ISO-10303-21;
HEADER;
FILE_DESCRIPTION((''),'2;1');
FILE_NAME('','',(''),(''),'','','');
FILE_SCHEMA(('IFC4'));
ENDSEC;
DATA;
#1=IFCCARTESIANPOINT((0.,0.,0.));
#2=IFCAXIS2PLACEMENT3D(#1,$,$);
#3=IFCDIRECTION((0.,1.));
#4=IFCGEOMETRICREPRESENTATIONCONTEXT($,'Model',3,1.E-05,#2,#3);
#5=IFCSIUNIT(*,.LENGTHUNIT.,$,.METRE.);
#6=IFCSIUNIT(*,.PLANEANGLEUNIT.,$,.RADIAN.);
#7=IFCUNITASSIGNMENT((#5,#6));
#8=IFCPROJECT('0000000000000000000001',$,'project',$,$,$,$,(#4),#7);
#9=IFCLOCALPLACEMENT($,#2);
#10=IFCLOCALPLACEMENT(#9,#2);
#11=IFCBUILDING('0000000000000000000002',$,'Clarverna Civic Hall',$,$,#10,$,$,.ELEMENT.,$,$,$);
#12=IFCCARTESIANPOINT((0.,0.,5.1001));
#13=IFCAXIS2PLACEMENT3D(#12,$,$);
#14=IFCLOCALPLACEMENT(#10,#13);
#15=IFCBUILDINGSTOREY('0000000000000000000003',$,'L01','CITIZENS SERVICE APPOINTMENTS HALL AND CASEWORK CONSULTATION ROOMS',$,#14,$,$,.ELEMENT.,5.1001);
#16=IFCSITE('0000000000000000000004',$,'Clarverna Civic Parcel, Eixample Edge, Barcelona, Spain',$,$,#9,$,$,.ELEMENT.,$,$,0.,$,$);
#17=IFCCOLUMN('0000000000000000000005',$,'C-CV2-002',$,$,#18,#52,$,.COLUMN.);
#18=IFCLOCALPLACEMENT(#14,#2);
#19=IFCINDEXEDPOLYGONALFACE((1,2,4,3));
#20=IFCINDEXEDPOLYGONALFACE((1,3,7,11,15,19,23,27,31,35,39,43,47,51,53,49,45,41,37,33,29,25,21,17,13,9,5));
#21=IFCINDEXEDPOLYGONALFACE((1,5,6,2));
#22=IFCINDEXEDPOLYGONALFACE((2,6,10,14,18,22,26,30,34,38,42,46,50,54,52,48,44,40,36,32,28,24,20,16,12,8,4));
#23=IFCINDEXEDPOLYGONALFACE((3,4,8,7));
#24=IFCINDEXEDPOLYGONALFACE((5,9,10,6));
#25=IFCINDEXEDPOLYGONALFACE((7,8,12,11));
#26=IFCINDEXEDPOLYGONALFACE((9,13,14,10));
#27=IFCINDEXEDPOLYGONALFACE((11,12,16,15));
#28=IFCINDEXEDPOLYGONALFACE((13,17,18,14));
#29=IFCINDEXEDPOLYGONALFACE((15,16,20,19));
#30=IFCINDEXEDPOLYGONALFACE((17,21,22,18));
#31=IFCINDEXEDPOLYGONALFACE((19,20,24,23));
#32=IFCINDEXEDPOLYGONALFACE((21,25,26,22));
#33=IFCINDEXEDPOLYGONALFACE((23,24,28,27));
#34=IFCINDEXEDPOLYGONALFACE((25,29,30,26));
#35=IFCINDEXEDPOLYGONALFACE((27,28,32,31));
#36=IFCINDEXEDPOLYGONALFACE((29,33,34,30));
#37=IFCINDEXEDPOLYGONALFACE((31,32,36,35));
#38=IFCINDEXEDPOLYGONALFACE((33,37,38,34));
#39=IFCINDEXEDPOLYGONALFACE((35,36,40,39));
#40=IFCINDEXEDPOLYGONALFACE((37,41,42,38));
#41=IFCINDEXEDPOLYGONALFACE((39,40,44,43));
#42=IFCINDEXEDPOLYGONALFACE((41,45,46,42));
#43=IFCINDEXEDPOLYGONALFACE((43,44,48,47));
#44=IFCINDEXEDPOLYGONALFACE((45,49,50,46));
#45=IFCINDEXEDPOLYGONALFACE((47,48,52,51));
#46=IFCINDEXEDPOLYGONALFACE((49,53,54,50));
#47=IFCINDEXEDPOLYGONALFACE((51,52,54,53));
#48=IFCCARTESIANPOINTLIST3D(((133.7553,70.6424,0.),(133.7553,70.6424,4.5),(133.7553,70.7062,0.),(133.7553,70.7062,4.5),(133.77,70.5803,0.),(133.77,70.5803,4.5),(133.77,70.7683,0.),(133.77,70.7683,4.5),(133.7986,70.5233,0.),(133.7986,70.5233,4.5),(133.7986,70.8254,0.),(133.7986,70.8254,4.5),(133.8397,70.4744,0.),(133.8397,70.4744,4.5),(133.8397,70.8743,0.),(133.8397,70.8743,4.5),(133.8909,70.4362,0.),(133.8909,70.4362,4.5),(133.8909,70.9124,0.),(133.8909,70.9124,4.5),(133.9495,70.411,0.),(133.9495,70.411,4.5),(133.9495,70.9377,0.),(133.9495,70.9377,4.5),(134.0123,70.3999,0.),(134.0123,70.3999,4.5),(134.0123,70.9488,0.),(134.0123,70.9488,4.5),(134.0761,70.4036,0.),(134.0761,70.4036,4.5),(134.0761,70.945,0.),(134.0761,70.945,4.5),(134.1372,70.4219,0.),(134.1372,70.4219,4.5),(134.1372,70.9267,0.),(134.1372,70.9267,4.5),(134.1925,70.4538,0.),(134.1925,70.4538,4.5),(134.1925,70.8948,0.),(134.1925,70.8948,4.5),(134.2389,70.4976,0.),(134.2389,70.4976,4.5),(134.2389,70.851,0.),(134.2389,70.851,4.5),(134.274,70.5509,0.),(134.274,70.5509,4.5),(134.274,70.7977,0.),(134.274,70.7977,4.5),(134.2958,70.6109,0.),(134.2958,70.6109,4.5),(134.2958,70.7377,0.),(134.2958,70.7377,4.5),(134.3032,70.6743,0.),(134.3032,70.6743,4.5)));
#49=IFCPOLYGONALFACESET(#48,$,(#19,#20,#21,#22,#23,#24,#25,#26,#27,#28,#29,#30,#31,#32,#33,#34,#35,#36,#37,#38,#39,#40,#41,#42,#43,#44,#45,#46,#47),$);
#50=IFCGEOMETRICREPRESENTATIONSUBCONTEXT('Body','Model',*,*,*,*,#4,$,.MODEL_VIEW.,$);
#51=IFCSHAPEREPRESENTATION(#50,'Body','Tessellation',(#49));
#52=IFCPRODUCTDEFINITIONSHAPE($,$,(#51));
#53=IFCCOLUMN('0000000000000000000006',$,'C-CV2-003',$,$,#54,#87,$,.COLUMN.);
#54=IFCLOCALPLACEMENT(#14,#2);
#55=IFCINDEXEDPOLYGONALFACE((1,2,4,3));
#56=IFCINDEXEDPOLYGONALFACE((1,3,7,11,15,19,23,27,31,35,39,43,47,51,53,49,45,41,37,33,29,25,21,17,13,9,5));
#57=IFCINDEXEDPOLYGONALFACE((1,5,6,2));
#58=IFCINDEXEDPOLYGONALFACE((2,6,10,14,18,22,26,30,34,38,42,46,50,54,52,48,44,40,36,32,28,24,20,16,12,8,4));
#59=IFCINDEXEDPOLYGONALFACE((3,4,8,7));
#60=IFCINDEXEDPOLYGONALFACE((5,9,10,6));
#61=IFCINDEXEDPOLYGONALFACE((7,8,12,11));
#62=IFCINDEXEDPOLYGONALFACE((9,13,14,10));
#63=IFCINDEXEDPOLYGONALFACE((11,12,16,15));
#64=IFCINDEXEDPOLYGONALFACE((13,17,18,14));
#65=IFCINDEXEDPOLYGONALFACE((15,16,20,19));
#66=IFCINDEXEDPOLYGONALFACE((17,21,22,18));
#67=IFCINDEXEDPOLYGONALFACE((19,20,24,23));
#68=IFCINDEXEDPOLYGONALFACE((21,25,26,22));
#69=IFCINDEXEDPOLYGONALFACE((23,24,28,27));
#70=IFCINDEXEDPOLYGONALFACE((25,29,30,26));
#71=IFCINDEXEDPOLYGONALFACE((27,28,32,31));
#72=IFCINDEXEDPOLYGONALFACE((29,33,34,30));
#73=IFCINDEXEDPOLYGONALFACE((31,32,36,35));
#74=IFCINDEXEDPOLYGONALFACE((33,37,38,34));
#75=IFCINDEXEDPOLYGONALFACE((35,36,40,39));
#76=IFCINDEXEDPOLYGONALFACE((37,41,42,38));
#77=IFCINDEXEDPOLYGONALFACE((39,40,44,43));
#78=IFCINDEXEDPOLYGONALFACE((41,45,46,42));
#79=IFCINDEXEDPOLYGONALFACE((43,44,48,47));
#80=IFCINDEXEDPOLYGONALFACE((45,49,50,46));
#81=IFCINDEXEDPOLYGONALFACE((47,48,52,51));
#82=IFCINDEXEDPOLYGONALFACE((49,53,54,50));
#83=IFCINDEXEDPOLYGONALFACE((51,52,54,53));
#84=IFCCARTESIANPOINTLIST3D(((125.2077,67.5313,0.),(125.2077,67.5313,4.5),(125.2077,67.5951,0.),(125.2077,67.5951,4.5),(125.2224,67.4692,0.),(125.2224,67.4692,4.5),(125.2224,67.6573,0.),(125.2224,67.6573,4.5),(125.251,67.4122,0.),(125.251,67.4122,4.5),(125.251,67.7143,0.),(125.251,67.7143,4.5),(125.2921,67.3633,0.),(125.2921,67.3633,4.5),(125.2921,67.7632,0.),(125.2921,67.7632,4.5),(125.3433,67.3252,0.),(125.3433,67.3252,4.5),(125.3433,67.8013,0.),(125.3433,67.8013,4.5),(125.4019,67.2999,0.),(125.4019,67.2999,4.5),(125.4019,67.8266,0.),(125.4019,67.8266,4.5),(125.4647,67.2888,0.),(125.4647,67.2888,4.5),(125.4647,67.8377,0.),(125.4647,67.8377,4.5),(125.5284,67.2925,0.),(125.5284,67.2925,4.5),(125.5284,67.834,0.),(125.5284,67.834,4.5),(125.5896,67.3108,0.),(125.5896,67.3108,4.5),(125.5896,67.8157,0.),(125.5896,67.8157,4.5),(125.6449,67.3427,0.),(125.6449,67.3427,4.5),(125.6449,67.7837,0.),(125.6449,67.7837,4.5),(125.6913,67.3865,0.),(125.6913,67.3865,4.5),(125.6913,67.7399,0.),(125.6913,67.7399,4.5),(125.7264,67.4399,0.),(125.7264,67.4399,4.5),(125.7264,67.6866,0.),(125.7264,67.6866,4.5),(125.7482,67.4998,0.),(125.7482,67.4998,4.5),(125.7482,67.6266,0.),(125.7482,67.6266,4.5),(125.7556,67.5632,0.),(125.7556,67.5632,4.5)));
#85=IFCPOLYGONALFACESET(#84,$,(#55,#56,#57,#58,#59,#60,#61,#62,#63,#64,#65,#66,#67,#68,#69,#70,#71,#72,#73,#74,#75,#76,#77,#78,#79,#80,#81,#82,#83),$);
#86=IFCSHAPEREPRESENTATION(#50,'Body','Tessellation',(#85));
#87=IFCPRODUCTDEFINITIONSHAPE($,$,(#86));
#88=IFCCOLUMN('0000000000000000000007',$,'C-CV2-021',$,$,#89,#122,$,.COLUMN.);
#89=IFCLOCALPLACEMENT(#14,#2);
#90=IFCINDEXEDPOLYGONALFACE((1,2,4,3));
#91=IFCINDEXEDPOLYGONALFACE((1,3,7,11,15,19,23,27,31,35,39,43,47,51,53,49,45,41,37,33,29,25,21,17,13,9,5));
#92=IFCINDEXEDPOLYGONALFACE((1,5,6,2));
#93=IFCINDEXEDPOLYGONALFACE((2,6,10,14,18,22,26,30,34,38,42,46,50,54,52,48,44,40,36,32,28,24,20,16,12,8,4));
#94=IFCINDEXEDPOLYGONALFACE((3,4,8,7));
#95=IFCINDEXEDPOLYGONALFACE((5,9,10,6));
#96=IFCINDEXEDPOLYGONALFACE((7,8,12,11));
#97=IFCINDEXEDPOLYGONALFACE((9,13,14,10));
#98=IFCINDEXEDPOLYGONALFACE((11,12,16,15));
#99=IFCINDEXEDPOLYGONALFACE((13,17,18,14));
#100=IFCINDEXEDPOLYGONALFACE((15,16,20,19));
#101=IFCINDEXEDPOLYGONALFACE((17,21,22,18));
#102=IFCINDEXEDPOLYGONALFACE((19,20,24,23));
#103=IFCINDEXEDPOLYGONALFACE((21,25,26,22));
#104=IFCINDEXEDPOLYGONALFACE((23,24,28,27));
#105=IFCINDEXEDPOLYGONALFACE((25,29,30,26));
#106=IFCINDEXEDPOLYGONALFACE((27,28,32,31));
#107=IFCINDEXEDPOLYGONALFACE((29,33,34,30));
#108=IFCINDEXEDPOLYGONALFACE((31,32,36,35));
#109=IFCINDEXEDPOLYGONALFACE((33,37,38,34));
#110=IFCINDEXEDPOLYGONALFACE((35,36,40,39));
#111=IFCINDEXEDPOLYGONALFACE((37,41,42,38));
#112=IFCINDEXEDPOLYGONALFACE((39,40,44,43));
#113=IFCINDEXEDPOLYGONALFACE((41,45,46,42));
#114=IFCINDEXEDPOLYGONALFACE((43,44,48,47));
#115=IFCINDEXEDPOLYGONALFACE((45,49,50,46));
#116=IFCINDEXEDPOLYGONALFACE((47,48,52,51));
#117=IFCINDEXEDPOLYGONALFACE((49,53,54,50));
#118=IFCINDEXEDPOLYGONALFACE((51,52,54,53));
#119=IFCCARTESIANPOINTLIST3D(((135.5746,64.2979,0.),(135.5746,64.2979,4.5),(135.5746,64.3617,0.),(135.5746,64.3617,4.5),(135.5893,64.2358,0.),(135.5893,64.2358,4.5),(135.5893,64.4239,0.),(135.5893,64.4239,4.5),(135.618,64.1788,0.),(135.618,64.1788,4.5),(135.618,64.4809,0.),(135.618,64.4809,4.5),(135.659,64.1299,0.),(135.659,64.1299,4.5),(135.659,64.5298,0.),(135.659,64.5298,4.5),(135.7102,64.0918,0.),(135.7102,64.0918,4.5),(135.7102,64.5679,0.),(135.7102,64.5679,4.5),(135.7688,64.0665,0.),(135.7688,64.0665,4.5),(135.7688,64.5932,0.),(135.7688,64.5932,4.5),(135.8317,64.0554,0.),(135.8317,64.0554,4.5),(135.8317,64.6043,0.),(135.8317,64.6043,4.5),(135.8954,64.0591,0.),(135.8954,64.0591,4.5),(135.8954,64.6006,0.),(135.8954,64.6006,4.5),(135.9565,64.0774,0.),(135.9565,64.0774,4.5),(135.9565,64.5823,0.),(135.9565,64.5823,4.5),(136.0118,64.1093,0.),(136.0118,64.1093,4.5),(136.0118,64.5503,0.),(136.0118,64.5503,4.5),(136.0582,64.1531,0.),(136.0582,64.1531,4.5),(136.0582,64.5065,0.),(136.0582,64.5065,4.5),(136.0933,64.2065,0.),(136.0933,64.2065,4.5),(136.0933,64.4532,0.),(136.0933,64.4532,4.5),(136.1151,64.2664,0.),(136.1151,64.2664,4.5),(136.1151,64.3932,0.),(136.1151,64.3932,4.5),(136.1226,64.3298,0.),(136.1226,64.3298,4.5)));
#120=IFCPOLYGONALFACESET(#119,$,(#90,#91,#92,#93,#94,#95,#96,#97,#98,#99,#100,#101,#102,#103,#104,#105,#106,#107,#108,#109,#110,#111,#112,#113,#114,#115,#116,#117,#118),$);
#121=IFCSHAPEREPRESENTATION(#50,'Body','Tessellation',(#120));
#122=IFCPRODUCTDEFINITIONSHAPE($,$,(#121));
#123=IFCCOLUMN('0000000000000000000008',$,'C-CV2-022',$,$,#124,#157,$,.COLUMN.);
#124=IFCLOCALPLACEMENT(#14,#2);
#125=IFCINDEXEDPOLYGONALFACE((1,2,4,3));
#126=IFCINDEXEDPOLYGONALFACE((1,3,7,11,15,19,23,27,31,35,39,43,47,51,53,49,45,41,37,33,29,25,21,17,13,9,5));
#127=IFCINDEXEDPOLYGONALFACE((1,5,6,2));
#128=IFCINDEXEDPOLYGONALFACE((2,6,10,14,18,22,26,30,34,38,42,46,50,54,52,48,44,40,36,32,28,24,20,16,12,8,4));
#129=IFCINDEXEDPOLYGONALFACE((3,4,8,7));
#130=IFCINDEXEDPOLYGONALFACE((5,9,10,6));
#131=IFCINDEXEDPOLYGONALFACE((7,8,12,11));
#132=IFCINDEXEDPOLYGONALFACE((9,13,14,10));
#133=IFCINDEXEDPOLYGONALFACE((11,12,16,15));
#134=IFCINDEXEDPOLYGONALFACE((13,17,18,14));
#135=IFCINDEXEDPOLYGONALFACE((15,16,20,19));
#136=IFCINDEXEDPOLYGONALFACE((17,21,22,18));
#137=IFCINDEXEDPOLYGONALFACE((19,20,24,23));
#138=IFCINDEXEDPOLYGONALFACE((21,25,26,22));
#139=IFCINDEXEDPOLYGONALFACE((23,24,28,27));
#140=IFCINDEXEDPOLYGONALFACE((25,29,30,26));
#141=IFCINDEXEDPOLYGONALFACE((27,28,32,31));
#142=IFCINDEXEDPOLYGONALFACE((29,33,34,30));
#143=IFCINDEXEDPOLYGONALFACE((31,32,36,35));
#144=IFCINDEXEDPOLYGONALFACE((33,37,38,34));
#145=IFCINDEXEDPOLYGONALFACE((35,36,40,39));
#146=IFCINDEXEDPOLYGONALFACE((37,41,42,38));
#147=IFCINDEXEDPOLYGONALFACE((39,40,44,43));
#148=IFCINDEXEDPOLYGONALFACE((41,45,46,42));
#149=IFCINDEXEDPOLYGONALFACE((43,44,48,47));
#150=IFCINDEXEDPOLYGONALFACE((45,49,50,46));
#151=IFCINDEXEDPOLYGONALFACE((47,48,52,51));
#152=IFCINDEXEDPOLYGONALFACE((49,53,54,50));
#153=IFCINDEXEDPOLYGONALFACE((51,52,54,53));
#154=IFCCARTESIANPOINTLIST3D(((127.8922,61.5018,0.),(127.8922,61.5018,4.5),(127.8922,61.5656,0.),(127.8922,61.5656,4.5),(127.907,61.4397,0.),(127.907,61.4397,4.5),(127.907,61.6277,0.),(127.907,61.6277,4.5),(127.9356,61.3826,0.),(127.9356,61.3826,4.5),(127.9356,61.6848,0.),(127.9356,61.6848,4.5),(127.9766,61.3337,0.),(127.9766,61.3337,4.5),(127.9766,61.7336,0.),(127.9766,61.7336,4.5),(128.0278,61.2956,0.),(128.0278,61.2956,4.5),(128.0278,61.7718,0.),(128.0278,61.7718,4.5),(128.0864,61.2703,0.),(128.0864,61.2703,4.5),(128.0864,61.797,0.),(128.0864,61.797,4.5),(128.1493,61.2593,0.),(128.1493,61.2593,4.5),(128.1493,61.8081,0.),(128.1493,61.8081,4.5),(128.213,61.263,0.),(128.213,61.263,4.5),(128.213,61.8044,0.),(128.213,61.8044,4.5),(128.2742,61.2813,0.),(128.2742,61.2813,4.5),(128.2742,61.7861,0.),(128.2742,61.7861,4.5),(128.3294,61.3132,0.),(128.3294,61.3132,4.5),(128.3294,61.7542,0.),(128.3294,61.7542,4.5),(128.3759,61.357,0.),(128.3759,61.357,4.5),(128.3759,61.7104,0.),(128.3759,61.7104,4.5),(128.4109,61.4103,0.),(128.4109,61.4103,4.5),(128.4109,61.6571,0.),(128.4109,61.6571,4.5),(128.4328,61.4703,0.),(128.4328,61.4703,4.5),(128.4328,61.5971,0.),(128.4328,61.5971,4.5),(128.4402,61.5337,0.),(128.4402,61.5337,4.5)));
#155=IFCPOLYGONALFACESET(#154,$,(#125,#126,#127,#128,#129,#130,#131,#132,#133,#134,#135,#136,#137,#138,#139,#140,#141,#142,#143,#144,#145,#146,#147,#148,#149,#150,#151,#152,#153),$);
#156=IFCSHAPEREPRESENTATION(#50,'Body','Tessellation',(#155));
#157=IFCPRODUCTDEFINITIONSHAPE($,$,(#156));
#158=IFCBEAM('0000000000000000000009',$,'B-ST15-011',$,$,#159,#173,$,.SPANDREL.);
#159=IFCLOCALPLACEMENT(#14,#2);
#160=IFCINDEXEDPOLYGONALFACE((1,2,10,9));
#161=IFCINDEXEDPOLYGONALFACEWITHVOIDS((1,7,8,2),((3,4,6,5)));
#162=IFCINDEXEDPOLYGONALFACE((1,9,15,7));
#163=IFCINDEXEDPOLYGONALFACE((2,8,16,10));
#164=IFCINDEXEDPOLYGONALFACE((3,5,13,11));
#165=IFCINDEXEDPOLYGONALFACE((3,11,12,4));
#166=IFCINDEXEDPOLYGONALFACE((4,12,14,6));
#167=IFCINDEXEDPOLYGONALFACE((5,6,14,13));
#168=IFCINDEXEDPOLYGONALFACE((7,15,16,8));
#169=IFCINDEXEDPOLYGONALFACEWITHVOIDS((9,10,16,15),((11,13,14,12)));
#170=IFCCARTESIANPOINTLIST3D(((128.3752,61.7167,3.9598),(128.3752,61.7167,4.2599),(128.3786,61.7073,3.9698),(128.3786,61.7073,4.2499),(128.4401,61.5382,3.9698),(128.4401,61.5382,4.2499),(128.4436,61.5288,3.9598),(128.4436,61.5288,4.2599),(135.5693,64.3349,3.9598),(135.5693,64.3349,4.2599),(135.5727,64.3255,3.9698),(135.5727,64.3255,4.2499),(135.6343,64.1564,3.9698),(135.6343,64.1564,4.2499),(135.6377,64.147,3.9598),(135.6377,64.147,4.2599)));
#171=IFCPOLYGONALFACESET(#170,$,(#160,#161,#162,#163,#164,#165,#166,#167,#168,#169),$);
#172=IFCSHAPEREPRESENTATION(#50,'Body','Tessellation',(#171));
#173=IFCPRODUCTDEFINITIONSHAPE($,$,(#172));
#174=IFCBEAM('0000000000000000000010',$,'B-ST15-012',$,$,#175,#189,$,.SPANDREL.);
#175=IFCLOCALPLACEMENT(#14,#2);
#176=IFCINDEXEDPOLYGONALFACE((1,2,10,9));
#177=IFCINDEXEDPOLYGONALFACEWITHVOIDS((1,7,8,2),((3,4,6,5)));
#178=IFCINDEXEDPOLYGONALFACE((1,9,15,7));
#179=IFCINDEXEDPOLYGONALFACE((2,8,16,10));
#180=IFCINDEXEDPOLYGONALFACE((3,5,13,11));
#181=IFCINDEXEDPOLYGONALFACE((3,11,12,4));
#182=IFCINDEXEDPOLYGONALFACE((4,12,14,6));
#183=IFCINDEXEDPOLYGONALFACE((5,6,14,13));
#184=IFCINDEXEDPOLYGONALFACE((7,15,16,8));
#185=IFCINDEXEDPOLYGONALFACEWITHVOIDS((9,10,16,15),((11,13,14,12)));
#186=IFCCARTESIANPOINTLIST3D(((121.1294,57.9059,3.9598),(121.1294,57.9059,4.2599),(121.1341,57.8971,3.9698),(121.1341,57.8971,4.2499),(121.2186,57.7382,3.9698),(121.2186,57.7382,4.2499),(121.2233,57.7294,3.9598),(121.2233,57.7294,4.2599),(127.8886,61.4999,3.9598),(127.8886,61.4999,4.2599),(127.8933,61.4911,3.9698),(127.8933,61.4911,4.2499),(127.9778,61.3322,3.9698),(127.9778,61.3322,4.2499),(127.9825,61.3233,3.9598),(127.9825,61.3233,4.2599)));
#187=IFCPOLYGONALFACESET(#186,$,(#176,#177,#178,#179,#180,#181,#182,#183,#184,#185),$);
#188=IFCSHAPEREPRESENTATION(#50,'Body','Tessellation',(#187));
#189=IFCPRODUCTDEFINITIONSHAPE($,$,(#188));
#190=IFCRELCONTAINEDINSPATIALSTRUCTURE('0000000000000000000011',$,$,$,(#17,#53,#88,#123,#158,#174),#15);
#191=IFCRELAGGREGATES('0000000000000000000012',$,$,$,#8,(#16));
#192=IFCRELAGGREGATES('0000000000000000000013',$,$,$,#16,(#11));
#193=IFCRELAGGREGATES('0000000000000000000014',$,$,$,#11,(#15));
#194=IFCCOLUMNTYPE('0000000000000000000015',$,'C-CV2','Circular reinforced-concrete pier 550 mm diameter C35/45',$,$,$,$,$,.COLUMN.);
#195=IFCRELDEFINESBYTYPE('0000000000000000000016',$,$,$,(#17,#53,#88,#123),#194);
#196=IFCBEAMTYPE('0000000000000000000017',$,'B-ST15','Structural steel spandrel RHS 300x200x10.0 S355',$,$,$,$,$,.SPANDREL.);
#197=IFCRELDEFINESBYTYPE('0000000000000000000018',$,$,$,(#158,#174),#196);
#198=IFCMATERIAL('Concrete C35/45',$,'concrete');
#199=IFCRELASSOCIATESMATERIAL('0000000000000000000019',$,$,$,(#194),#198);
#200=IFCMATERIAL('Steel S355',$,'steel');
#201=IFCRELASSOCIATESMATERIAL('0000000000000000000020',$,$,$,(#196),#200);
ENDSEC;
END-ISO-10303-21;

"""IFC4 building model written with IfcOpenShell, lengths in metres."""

from ifc_helpers import new_model, si_unit, direction, frame, origin, origin_2d, place, context, subcontext, project, spatial, hollow_rectangle, circle, extrude, material, material_profile, profile_set, type_object, element, save


model = new_model("IFC4")

# Units and contexts
model_context = context("Model", 3, precision=1e-05, world=origin(), true_north=direction((0.0, 1.0)))
body_context = subcontext(model_context, "Body", "Model", "MODEL_VIEW")
ifc_project = project(units=[si_unit("LENGTHUNIT", "METRE"), si_unit("PLANEANGLEUNIT", "RADIAN")], contexts=[model_context])

# Site, building, storey
site_placement = place(None, origin())
site = spatial("IfcSite", under=ifc_project, at=site_placement, Name="Clarverna Civic Parcel, Eixample Edge, Barcelona, Spain", CompositionType="ELEMENT", RefElevation=0.0)
building_placement = place(site_placement, origin())
building = spatial("IfcBuilding", under=site, at=building_placement, Name="Clarverna Civic Hall", CompositionType="ELEMENT")
storey_placement = place(building_placement, frame((0.0, 0.0, 5.1001)))
storey = spatial("IfcBuildingStorey", under=building, at=storey_placement, Name="L01", Description="CITIZENS SERVICE APPOINTMENTS HALL AND CASEWORK CONSULTATION ROOMS", CompositionType="ELEMENT", Elevation=5.1001)

# Columns
ifc_material_1 = material(Name="Concrete C35/45", Category="concrete")
ifc_material_profile_1 = material_profile(ifc_material_1, circle(Radius=0.2749, at=origin_2d()), Name="RC D550")
ifc_profile_set_1 = profile_set([ifc_material_profile_1], Name="Concrete C35/45")
column_type = type_object("IfcColumnType", Name="C-CV2", Description="Circular reinforced-concrete pier 550 mm diameter C35/45", PredefinedType="COLUMN", material=ifc_profile_set_1)
for number, where, z_axis, x_axis, name in (
    (1, (134.0283, 70.6743, 0.0), (0.0, 0.0, 1.0), (1.0, 0.0, 0.0), "C-CV2-002"),
    (2, (125.4807, 67.5632, 0.0), (0.0, 0.0, 1.0), (1.0, 0.0, 0.0), "C-CV2-003"),
    (3, (135.8477, 64.3298, 0.0), (0.0, 0.0, 1.0), (1.0, 0.0, 0.0), "C-CV2-021"),
    (4, (128.1653, 61.5337, 0.0), (0.0, 0.0, 1.0), (1.0, 0.0, 0.0), "C-CV2-022"),
):
    element("IfcColumn", number, at=place(storey_placement, frame(where, z_axis=z_axis, x_axis=x_axis)), inside=storey, type_object=column_type, Name=name, PredefinedType="COLUMN", context=body_context, shape_type="SweptSolid", body=[
        extrude(circle(Radius=0.2749, at=origin_2d()), origin(), (0.0, 0.0, 1.0), 4.5),
    ])

# Beams
ifc_material_2 = material(Name="Steel S355", Category="steel")
ifc_material_profile_2 = material_profile(ifc_material_2, hollow_rectangle(XDim=0.2, YDim=0.3, WallThickness=0.01, at=origin_2d()), Name="RHS 300x200x10.0")
ifc_profile_set_2 = profile_set([ifc_material_profile_2], Name="Steel S355")
beam_type_1 = type_object("IfcBeamType", Name="B-ST15", Description="Structural steel spandrel RHS 300x200x10.0 S355", PredefinedType="SPANDREL", material=ifc_profile_set_2)
beam_1_placement = place(storey_placement, frame((135.6035, 64.241, 4.1099), z_axis=(-0.939704, -0.341989, 0.0), x_axis=(0.341989, -0.939704, 0.0)))
element("IfcBeam", 5, at=beam_1_placement, inside=storey, type_object=beam_type_1, Name="B-ST15-011", PredefinedType="SPANDREL", context=body_context, shape_type="SweptSolid", body=[
    extrude(hollow_rectangle(XDim=0.2, YDim=0.3, WallThickness=0.01, at=origin_2d()), origin(), (0.0, 0.0, 1.0), 7.6558),
])
beam_2_placement = place(storey_placement, frame((127.9355, 61.4116, 4.1099), z_axis=(-0.882946, -0.469474, 0.0), x_axis=(0.469474, -0.882946, 0.0)))
element("IfcBeam", 6, at=beam_2_placement, inside=storey, type_object=beam_type_1, Name="B-ST15-012", PredefinedType="SPANDREL", context=body_context, shape_type="SweptSolid", body=[
    extrude(hollow_rectangle(XDim=0.2, YDim=0.3, WallThickness=0.01, at=origin_2d()), origin(), (0.0, 0.0, 1.0), 7.6553),
])

save(model, "model.ifc")
